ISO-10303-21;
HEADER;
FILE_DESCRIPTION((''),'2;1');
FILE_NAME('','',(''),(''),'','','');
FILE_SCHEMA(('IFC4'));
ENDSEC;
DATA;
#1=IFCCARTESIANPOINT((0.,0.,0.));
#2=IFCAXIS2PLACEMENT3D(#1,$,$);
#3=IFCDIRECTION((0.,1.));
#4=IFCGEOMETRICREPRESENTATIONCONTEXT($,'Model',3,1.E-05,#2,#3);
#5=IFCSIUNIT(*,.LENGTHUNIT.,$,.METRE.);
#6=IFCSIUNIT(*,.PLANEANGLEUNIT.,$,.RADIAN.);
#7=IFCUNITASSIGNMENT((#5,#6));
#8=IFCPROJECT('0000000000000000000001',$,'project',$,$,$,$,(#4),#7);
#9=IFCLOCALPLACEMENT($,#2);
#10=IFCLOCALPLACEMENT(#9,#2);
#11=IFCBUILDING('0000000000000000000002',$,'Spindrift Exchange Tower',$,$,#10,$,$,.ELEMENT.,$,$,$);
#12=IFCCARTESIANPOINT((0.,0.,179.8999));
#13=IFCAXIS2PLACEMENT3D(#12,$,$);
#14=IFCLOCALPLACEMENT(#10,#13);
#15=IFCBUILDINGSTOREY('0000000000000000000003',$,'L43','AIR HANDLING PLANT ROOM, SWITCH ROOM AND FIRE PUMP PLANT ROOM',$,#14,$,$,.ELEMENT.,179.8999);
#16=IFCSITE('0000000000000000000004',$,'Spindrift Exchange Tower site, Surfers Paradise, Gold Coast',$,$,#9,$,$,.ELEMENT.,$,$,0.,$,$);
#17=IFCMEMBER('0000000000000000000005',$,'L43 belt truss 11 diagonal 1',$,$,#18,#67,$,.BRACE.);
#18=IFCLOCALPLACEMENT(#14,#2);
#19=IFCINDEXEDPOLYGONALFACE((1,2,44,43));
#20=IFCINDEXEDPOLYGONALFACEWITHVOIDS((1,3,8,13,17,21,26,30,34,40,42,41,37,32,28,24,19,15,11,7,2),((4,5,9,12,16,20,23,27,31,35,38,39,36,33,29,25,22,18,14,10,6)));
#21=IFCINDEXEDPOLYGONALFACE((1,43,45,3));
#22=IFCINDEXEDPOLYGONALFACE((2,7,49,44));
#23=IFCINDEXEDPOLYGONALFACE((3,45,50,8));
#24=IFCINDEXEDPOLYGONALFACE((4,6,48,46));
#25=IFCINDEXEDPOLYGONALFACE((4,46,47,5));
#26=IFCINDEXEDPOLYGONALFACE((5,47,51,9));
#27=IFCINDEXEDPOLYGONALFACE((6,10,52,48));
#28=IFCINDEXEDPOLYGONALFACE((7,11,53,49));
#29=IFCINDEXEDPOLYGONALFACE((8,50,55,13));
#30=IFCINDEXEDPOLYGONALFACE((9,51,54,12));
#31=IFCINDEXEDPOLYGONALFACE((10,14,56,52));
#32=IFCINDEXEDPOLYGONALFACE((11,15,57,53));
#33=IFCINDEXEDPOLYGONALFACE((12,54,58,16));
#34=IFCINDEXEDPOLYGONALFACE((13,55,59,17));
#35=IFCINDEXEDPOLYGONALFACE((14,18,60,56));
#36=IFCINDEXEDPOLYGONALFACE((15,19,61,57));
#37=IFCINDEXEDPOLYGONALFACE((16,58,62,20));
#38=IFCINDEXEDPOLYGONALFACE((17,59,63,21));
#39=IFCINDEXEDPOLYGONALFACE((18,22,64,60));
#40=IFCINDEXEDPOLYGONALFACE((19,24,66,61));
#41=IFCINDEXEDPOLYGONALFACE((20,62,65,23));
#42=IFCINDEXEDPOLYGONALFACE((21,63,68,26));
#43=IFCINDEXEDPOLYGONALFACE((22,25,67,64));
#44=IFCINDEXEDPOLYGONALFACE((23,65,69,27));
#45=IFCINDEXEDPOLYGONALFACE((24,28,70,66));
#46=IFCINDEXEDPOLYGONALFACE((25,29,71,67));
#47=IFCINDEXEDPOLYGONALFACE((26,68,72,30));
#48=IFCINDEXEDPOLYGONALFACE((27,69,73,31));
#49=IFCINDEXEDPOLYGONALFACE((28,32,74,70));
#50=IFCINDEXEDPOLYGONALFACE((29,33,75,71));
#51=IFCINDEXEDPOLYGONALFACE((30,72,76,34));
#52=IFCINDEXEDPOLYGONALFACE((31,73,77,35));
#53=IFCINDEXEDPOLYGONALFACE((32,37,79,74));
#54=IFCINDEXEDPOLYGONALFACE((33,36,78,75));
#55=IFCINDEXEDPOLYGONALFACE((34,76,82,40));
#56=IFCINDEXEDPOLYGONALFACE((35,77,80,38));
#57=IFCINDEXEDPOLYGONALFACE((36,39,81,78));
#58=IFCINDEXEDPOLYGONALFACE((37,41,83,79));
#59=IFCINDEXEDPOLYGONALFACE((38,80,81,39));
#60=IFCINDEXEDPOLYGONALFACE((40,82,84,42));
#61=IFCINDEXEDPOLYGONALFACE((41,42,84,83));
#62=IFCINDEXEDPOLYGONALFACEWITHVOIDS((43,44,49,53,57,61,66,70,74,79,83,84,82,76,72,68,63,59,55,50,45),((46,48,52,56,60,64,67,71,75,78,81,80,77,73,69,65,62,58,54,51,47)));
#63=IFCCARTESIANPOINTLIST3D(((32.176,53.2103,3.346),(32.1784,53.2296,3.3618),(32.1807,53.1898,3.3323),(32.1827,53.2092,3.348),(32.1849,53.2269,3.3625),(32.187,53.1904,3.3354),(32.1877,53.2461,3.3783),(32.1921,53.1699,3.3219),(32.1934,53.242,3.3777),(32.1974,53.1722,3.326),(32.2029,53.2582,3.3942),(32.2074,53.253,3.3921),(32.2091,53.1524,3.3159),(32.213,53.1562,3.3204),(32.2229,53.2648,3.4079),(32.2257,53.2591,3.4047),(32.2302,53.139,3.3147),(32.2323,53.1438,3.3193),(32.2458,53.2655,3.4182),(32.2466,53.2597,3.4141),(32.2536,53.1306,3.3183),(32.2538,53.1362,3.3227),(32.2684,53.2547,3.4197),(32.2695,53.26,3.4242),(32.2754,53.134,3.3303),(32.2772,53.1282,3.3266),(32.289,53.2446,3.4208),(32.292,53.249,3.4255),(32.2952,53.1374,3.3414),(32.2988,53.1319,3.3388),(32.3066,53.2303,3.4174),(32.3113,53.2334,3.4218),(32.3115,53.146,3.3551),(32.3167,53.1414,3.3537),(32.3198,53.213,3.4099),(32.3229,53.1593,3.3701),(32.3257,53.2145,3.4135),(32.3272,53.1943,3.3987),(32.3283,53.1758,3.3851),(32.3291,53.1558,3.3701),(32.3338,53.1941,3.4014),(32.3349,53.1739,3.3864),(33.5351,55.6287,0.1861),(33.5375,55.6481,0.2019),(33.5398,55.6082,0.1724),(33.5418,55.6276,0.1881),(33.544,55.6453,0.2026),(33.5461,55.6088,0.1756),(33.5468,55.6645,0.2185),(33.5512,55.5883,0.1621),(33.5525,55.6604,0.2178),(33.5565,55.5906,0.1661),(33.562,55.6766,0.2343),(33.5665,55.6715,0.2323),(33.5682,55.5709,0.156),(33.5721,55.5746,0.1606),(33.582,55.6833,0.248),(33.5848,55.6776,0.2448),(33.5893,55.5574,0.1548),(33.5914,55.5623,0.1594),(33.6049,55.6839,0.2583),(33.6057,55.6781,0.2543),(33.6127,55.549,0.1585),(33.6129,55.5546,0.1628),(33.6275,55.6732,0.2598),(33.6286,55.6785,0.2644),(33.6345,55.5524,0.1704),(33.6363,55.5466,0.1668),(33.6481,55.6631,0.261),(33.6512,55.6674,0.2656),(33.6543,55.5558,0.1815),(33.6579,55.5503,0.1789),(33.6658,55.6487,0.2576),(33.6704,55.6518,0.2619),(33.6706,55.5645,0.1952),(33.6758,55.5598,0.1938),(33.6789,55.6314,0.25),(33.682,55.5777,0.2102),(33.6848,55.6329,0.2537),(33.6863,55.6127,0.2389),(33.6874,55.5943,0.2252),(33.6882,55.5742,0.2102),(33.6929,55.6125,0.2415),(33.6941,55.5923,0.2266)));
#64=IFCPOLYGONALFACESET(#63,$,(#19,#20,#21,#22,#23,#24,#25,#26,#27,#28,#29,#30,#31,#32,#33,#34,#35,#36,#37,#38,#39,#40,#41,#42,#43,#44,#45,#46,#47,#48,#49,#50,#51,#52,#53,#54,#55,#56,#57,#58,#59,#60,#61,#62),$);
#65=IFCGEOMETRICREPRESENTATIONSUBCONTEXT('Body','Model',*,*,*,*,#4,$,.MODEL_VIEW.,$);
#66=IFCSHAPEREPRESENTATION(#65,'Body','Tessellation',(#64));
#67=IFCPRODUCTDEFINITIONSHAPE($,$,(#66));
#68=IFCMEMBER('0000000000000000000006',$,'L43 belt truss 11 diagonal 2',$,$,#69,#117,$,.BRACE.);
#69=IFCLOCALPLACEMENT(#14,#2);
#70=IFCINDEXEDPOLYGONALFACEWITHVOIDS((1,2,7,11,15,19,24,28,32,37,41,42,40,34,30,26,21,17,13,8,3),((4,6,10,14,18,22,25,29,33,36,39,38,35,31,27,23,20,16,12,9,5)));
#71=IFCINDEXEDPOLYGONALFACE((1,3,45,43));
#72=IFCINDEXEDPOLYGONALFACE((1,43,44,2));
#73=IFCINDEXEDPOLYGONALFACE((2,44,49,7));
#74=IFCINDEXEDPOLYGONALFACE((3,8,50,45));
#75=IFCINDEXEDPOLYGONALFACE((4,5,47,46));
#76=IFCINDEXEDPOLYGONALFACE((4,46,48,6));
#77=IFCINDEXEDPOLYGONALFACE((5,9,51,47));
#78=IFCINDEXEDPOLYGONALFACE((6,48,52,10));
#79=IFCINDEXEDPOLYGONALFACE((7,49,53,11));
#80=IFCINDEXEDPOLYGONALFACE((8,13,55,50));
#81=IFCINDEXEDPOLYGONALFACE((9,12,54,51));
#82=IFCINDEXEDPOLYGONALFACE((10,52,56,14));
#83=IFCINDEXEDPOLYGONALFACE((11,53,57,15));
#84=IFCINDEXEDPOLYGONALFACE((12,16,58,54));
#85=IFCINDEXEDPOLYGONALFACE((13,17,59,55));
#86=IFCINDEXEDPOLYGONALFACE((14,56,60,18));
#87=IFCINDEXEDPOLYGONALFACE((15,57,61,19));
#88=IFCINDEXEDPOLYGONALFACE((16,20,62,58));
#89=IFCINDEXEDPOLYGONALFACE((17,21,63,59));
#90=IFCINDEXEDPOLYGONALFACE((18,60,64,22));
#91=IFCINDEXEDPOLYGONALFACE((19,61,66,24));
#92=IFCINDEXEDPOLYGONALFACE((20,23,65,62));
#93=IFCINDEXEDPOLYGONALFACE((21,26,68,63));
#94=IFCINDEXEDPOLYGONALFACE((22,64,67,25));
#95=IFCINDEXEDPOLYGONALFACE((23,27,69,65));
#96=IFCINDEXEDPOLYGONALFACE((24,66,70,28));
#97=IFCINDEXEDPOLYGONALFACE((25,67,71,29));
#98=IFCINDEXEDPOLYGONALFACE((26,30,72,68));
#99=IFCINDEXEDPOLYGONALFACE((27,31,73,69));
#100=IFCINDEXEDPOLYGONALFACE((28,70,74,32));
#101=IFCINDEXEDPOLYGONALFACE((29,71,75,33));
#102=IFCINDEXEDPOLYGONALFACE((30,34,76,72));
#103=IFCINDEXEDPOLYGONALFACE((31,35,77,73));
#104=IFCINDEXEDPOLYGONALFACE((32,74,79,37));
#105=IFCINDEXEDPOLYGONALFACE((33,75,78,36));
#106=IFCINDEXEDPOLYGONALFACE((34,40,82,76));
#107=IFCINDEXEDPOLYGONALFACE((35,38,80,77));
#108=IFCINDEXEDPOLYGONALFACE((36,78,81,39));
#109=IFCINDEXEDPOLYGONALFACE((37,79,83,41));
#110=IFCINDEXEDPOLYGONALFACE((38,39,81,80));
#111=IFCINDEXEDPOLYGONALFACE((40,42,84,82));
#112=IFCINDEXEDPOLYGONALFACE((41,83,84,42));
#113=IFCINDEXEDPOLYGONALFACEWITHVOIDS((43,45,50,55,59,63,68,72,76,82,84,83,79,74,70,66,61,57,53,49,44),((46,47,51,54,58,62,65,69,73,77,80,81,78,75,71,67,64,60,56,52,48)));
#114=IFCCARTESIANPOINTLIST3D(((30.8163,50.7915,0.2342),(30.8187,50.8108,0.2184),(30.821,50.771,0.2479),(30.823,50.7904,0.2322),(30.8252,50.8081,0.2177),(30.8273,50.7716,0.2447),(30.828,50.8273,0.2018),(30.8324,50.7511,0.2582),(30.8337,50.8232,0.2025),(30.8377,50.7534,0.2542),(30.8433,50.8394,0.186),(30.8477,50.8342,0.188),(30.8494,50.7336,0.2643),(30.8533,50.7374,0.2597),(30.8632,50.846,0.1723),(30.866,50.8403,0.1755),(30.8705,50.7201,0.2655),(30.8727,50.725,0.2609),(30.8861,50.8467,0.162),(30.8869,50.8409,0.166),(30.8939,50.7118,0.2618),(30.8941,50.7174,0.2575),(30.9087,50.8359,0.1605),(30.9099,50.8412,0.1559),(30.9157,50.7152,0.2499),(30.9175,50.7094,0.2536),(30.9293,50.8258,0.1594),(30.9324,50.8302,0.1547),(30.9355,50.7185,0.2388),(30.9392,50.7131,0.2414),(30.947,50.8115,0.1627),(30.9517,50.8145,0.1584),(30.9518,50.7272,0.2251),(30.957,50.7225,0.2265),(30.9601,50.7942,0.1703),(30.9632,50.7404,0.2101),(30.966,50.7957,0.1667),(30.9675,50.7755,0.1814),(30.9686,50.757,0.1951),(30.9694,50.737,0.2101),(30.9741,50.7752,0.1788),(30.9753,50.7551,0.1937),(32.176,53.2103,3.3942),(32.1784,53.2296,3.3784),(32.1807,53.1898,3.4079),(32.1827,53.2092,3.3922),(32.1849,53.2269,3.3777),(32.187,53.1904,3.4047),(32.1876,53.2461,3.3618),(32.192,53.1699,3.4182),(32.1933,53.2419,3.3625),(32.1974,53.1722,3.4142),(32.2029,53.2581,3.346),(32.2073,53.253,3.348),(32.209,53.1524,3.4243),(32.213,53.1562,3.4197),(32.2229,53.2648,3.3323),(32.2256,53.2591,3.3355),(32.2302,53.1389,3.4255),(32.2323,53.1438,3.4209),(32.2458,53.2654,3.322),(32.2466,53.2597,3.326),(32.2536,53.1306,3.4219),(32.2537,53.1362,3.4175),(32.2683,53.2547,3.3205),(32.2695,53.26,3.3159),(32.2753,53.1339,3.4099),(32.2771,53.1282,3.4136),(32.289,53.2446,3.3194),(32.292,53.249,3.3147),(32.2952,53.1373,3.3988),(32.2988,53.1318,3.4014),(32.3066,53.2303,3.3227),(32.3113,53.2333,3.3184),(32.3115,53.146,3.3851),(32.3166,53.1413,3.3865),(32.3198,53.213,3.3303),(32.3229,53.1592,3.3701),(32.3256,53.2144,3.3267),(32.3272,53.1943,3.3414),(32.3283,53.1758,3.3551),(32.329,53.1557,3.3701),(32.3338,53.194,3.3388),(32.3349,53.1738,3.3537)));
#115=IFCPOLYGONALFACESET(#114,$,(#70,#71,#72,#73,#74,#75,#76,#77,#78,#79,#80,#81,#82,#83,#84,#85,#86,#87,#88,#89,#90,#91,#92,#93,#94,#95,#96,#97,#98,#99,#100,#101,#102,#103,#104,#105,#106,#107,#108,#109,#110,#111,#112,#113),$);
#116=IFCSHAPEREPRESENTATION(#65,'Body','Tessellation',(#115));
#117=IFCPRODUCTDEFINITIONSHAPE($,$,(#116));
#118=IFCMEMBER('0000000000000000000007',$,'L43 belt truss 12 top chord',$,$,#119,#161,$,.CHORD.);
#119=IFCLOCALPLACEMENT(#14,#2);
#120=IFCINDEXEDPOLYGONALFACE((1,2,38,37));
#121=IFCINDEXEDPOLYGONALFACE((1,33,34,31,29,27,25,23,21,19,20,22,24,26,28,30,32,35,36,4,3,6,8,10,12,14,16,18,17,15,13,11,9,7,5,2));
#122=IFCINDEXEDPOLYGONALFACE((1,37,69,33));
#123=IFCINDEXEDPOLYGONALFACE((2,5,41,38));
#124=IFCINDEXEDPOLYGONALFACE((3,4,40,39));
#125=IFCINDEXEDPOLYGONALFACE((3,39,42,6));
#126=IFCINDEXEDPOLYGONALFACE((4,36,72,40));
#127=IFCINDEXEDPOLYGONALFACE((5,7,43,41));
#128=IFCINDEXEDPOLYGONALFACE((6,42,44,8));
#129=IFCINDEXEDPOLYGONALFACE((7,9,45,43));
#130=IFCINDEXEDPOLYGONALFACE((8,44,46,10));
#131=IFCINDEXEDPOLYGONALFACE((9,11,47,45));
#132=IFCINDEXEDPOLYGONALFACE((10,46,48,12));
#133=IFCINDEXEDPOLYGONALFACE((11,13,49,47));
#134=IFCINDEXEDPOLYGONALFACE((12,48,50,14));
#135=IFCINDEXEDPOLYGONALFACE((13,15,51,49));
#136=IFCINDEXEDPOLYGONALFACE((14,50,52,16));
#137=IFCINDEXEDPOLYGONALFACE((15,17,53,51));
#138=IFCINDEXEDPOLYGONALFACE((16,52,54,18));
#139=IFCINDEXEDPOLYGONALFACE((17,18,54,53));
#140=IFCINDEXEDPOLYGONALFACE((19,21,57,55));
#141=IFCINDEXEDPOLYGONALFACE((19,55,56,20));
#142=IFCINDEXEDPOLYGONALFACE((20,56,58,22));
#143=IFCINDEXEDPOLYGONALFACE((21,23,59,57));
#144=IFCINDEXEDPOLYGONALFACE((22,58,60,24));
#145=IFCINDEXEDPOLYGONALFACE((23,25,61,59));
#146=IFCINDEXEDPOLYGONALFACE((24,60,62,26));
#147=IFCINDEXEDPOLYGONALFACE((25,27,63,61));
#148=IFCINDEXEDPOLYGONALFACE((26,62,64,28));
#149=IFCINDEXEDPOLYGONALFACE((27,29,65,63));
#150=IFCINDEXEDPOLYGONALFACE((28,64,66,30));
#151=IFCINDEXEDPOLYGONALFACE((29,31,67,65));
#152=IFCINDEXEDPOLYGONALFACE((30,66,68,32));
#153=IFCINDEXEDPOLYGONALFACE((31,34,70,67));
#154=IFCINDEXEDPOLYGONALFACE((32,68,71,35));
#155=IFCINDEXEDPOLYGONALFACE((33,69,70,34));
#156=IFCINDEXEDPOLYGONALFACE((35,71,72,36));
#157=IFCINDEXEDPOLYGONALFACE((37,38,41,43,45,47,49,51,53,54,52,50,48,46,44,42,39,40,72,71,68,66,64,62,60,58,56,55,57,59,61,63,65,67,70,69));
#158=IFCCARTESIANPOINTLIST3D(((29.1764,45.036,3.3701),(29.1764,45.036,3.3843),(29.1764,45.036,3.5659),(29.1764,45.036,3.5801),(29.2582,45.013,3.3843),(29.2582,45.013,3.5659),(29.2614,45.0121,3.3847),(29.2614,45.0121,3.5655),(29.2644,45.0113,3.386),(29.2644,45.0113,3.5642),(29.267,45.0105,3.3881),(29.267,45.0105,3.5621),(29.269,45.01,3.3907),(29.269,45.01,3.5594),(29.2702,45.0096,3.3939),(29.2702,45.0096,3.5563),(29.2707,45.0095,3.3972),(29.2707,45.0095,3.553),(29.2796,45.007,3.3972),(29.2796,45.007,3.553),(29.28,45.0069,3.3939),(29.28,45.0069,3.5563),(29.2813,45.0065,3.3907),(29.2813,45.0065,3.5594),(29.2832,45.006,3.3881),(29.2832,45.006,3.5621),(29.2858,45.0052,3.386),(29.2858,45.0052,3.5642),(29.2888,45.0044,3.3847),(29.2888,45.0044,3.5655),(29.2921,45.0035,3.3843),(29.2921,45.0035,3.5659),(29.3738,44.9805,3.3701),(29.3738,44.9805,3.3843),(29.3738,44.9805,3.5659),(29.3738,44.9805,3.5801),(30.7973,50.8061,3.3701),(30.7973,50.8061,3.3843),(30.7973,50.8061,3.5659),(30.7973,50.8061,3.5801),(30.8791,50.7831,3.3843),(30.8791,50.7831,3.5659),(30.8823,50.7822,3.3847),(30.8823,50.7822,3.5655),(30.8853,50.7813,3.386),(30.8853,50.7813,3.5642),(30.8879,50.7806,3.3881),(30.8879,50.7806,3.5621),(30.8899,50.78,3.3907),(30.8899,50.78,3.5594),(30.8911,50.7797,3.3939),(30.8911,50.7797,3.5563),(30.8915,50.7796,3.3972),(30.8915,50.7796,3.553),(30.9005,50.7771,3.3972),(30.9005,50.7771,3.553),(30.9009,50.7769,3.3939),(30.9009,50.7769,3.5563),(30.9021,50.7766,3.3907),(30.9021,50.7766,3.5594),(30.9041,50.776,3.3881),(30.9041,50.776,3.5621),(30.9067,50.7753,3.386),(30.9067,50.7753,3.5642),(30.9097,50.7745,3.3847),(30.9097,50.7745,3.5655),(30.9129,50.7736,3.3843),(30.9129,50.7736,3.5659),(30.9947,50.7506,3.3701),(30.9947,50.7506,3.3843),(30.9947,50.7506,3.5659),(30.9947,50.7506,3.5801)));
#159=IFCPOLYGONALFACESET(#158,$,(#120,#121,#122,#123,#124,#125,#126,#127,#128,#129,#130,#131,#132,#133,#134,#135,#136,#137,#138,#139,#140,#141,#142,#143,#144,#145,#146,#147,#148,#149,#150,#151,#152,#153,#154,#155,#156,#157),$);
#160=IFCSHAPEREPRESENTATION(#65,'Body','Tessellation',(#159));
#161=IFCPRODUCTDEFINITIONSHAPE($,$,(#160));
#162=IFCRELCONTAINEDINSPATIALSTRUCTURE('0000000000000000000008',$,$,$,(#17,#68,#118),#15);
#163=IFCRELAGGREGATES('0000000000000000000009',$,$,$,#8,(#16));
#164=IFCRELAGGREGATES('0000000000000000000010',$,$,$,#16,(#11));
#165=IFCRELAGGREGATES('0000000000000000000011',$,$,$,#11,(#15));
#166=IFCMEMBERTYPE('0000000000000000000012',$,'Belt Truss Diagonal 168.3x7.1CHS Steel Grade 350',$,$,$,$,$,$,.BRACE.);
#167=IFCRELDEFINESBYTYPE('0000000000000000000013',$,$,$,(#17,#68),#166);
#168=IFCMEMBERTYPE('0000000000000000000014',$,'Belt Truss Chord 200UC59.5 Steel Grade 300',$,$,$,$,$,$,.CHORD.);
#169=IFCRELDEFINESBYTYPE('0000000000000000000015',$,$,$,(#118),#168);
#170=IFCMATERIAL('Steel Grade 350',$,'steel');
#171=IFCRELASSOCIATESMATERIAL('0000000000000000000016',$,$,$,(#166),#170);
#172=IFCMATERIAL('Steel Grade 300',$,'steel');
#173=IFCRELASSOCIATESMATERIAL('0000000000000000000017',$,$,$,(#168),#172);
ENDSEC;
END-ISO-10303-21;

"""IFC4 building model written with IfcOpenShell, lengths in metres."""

from ifc_helpers import new_model, si_unit, direction, frame, origin, origin_2d, place, context, subcontext, project, spatial, hollow_circle, i_section, extrude, source, transform, mapped, material, material_profile, profile_set, type_object, element, save


model = new_model("IFC4")

# Units and contexts
model_context = context("Model", 3, precision=1e-05, world=origin(), true_north=direction((0.0, 1.0)))
body_context = subcontext(model_context, "Body", "Model", "MODEL_VIEW")
ifc_project = project(units=[si_unit("LENGTHUNIT", "METRE"), si_unit("PLANEANGLEUNIT", "RADIAN")], contexts=[model_context])

# Site, building, storey
site_placement = place(None, origin())
site = spatial("IfcSite", under=ifc_project, at=site_placement, Name="Spindrift Exchange Tower site, Surfers Paradise, Gold Coast", CompositionType="ELEMENT", RefElevation=0.0)
building_placement = place(site_placement, origin())
building = spatial("IfcBuilding", under=site, at=building_placement, Name="Spindrift Exchange Tower", CompositionType="ELEMENT")
storey_placement = place(building_placement, frame((0.0, 0.0, 179.8999)))
storey = spatial("IfcBuildingStorey", under=building, at=storey_placement, Name="L43", Description="AIR HANDLING PLANT ROOM, SWITCH ROOM AND FIRE PUMP PLANT ROOM", CompositionType="ELEMENT", Elevation=179.8999)

# Shared definitions
ifc_material_1 = material(Name="Steel Grade 300", Category="steel")

# Members
ifc_material_2 = material(Name="Steel Grade 350", Category="steel")
ifc_material_profile_1 = material_profile(ifc_material_2, hollow_circle(Radius=0.0842, WallThickness=0.0071, at=origin_2d()), Name="168.3x7.1CHS")
ifc_profile_set_1 = profile_set([ifc_material_profile_1], Name="Steel Grade 350")
member_type_1 = type_object("IfcMemberType", Name="Belt Truss Diagonal 168.3x7.1CHS Steel Grade 350", PredefinedType="BRACE", material=ifc_profile_set_1)
ifc_material_profile_2 = material_profile(ifc_material_1, i_section(OverallWidth=0.2051, OverallDepth=0.21, WebThickness=0.0093, FlangeThickness=0.0142, FilletRadius=0.0129, at=origin_2d()), Name="200UC59.5")
ifc_profile_set_2 = profile_set([ifc_material_profile_2], Name="Steel Grade 300")
member_type_2 = type_object("IfcMemberType", Name="Belt Truss Chord 200UC59.5 Steel Grade 300", PredefinedType="CHORD", material=ifc_profile_set_2)
shared_shape_1 = source(origin(), body_context, "Body", "SweptSolid", [
    extrude(hollow_circle(Radius=0.0842, WallThickness=0.0071, at=origin_2d()), origin(), (0.0, 0.0, 1.0), 4.2048),
])
member_1_placement = place(storey_placement, frame((33.6147, 55.6155, 0.2102), z_axis=(-0.323225, -0.575152, 0.751483), x_axis=(0.871768, -0.489919, 0.0)))
element("IfcMember", 1, at=member_1_placement, inside=storey, type_object=member_type_1, Name="L43 belt truss 11 diagonal 1", PredefinedType="BRACE", context=body_context, shape_type="MappedRepresentation", body=[
    mapped(shared_shape_1, transform((0.0, 0.0, 0.0), scale=1.0)),
])
shared_shape_2 = source(origin(), body_context, "Body", "SweptSolid", [
    extrude(hollow_circle(Radius=0.0842, WallThickness=0.0071, at=origin_2d()), origin(), (0.0, 0.0, 1.0), 4.2053),
])
member_2_placement = place(storey_placement, frame((32.2556, 53.197, 3.3701), z_axis=(-0.323318, -0.575169, -0.751429), x_axis=(0.871714, -0.490015, 0.0)))
element("IfcMember", 2, at=member_2_placement, inside=storey, type_object=member_type_1, Name="L43 belt truss 11 diagonal 2", PredefinedType="BRACE", context=body_context, shape_type="MappedRepresentation", body=[
    mapped(shared_shape_2, transform((0.0, 0.0, 0.0), scale=1.0)),
])
shared_shape_3 = source(origin(), body_context, "Body", "SweptSolid", [
    extrude(i_section(OverallWidth=0.2051, OverallDepth=0.21, WebThickness=0.0093, FlangeThickness=0.0142, FilletRadius=0.0129, at=origin_2d()), origin(), (0.0, 0.0, 1.0), 5.9934),
])
for number, where, z_axis, x_axis, name in (
    (3, (30.896, 50.7783, 3.4751), (-0.270441, -0.962736, 0.0), (0.962736, -0.270441, 0.0), "L43 belt truss 12 top chord"),
):
    element("IfcMember", number, at=place(storey_placement, frame(where, z_axis=z_axis, x_axis=x_axis)), inside=storey, type_object=member_type_2, Name=name, PredefinedType="CHORD", context=body_context, shape_type="MappedRepresentation", body=[
        mapped(shared_shape_3, transform((0.0, 0.0, 0.0), scale=1.0)),
    ])

save(model, "model.ifc")
